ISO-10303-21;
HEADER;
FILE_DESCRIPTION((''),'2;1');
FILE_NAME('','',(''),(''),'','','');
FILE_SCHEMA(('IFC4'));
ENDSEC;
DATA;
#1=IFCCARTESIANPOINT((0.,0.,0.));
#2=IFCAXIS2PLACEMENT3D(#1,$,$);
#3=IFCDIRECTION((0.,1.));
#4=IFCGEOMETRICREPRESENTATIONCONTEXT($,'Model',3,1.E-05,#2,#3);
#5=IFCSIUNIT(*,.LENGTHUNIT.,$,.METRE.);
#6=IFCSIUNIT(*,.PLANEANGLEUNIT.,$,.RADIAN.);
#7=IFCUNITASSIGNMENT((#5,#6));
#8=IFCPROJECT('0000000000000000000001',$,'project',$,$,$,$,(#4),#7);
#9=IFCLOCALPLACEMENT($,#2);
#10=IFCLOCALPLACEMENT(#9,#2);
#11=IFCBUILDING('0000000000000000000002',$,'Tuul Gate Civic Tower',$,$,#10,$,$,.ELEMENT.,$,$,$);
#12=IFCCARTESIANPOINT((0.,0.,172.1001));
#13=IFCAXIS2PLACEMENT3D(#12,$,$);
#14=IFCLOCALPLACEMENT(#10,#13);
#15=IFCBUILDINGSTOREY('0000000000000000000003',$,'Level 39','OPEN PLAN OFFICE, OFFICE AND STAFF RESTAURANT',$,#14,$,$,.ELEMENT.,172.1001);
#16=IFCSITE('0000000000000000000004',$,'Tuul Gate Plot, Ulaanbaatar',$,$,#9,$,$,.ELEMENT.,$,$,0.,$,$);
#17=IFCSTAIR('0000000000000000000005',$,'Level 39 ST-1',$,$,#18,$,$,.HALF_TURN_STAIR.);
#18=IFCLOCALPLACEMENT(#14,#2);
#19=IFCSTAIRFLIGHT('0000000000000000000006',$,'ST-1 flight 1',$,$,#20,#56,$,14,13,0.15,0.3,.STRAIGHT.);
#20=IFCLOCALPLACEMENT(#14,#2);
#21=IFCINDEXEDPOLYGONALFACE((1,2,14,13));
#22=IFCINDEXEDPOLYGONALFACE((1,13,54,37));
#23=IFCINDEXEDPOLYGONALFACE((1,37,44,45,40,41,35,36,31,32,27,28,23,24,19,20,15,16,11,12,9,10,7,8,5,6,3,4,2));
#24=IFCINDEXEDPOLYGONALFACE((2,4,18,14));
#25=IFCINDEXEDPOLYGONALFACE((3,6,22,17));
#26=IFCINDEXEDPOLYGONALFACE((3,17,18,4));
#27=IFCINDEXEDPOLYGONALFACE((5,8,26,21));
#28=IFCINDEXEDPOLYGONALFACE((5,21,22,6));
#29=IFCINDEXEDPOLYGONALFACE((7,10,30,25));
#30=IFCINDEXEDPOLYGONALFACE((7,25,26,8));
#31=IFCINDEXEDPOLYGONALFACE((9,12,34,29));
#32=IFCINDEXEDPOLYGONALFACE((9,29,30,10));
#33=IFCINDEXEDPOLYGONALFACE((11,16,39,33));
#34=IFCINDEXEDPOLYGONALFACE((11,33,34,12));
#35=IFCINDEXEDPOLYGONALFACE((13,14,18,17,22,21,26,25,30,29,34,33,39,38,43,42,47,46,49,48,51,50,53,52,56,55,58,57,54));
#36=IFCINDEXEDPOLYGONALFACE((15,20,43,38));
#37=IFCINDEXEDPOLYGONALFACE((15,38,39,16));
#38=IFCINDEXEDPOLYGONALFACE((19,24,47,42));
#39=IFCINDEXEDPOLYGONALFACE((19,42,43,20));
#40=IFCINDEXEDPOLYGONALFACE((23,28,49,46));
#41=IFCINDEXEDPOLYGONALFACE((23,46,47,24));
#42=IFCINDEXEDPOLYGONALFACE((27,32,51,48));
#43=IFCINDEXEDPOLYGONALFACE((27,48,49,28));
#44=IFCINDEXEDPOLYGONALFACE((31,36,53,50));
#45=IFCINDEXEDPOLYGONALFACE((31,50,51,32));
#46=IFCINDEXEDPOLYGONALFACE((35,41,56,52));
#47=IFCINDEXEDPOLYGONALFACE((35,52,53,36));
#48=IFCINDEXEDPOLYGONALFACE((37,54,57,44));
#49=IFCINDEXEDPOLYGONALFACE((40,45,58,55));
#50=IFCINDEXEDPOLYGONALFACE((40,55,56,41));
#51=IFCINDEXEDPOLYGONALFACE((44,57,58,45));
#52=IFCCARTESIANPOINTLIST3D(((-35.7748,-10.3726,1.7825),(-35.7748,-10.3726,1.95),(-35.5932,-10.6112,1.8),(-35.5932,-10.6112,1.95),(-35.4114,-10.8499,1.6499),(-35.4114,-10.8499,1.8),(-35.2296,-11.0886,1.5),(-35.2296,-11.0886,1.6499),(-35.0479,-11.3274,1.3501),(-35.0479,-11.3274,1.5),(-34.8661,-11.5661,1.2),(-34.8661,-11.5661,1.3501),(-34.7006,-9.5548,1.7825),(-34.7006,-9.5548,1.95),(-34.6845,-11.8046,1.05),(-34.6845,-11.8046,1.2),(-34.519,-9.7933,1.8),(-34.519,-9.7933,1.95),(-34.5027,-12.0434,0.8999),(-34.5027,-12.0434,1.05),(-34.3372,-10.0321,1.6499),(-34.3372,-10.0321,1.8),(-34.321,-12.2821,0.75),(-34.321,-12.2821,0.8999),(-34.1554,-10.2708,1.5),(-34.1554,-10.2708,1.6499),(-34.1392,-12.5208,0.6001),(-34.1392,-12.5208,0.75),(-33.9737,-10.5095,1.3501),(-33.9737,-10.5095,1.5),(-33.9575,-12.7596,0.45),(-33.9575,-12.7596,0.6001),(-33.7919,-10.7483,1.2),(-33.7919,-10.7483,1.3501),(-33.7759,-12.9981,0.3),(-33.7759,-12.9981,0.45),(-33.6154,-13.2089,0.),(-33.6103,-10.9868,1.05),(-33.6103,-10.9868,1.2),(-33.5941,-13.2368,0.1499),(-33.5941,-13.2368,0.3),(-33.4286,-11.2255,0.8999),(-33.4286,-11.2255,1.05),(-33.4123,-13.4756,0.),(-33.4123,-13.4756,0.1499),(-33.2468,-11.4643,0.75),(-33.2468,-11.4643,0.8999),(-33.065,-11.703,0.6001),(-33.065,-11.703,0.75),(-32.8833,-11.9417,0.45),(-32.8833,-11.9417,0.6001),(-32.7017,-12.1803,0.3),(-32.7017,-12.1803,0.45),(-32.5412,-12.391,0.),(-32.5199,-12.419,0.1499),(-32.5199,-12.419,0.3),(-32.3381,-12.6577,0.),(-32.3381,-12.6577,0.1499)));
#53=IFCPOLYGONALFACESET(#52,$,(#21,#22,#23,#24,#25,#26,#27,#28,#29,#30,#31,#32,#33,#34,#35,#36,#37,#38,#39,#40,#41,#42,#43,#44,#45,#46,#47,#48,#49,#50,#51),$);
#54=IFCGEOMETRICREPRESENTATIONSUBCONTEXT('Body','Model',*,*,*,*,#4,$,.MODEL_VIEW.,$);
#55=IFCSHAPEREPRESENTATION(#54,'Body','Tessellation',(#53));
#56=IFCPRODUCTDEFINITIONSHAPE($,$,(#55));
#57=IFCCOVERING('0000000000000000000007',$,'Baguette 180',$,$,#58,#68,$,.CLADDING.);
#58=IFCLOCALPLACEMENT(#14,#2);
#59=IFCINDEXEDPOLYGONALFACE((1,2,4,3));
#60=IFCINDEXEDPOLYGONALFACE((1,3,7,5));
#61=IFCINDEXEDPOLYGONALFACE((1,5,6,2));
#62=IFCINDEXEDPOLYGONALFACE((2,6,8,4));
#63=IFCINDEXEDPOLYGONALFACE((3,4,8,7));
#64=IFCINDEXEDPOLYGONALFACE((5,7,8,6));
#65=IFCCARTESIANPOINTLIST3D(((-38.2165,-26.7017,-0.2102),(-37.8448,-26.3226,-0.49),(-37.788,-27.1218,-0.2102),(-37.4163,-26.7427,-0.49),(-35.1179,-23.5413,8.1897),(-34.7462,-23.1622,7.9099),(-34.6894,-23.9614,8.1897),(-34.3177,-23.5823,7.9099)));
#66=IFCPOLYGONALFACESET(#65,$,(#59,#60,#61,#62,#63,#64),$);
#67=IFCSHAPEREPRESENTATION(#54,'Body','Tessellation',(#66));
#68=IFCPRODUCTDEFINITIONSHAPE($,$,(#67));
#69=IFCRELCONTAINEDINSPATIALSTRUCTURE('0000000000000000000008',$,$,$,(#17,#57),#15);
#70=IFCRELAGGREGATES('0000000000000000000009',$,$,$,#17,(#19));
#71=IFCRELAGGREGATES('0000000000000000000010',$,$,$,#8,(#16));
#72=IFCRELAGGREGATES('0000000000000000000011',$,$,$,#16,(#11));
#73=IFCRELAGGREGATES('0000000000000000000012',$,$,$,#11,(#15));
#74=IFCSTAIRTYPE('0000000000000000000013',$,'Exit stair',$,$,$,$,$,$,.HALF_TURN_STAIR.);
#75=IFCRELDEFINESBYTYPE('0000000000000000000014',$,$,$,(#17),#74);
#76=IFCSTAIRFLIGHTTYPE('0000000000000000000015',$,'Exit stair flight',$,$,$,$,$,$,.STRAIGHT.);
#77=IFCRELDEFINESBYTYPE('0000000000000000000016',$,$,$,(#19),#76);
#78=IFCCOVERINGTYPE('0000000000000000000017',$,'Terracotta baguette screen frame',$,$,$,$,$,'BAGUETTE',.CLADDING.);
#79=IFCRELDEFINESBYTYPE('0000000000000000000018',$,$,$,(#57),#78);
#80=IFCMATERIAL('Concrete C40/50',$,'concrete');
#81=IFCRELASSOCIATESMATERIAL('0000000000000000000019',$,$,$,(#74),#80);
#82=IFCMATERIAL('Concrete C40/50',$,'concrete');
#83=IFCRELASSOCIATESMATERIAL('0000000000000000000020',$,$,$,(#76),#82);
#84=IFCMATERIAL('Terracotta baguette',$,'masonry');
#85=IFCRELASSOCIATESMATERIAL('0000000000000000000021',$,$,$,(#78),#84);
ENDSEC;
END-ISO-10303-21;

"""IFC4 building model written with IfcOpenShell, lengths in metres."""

from ifc_helpers import new_model, si_unit, direction, frame, origin, origin_2d, place, context, subcontext, project, spatial, polyline, rectangle, outline, extrude, material, material_profile, profile_set, type_object, element, aggregate, save


model = new_model("IFC4")

# Units and contexts
model_context = context("Model", 3, precision=1e-05, world=origin(), true_north=direction((0.0, 1.0)))
body_context = subcontext(model_context, "Body", "Model", "MODEL_VIEW")
ifc_project = project(units=[si_unit("LENGTHUNIT", "METRE"), si_unit("PLANEANGLEUNIT", "RADIAN")], contexts=[model_context])

# Site, building, storey
site_placement = place(None, origin())
site = spatial("IfcSite", under=ifc_project, at=site_placement, Name="Tuul Gate Plot, Ulaanbaatar", CompositionType="ELEMENT", RefElevation=0.0)
building_placement = place(site_placement, origin())
building = spatial("IfcBuilding", under=site, at=building_placement, Name="Tuul Gate Civic Tower", CompositionType="ELEMENT")
storey_placement = place(building_placement, frame((0.0, 0.0, 172.1001)))
storey = spatial("IfcBuildingStorey", under=building, at=storey_placement, Name="Level 39", Description="OPEN PLAN OFFICE, OFFICE AND STAFF RESTAURANT", CompositionType="ELEMENT", Elevation=172.1001)

# Stair, stair flight
ifc_material_1 = material(Name="Concrete C40/50", Category="concrete")
stair_type = type_object("IfcStairType", Name="Exit stair", PredefinedType="HALF_TURN_STAIR", material=ifc_material_1)
stair_placement = place(storey_placement, origin())
stair = element("IfcStair", 1, at=stair_placement, inside=storey, type_object=stair_type, Name="Level 39 ST-1", PredefinedType="HALF_TURN_STAIR")
ifc_material_2 = material(Name="Concrete C40/50", Category="concrete")
stair_flight_type = type_object("IfcStairFlightType", Name="Exit stair flight", PredefinedType="STRAIGHT", material=ifc_material_2)
stair_flight_placement = place(storey_placement, frame((-32.8752, -13.0667, 0.0), z_axis=(0.0, 0.0, 1.0), x_axis=(-0.605764, 0.795644, 0.0)))
stair_flight = element("IfcStairFlight", 2, at=stair_flight_placement, type_object=stair_flight_type, Name="ST-1 flight 1", NumberOfRisers=14, NumberOfTreads=13, PredefinedType="STRAIGHT", RiserHeight=0.15, TreadLength=0.3, context=body_context, shape_type="SweptSolid", body=[
    extrude(outline(polyline([(0.0, 0.0), (0.0, 0.1499), (0.3, 0.1499), (0.3, 0.3), (0.6001, 0.3), (0.6001, 0.45), (0.8999, 0.45), (0.8999, 0.6001), (1.2, 0.6001), (1.2, 0.75), (1.5, 0.75), (1.5, 0.8999), (1.8, 0.8999), (1.8, 1.05), (2.1001, 1.05), (2.1001, 1.2), (2.3999, 1.2), (2.3999, 1.3501), (2.7, 1.3501), (2.7, 1.5), (3.0, 1.5), (3.0, 1.6499), (3.3, 1.6499), (3.3, 1.8), (3.6001, 1.8), (3.6001, 1.95), (3.8999, 1.95), (3.8999, 2.1001), (3.8999, 1.7825), (0.3352, 0.0), (0.0, 0.0)])), frame((0.0, 0.675, 0.0), z_axis=(0.0, -1.0, 0.0), x_axis=(1.0, 0.0, 0.0)), (0.0, 0.0, 1.0), 1.3501),
])
aggregate(stair, [stair_flight])

# Covering
ifc_material_3 = material(Name="Terracotta baguette", Category="masonry")
ifc_material_profile_1 = material_profile(ifc_material_3, rectangle(XDim=0.6001, YDim=0.6001, at=origin_2d()), Name="Terracotta baguette screen frame")
ifc_profile_set_1 = profile_set([ifc_material_profile_1], Name="Terracotta baguette")
covering_type = type_object("IfcCoveringType", Name="Terracotta baguette screen frame", ElementType="BAGUETTE", PredefinedType="CLADDING", material=ifc_profile_set_1)
covering_placement = place(storey_placement, frame((-34.7178, -23.5618, 8.0498), z_axis=(-0.326356, -0.332862, -0.8847), x_axis=(0.71405, -0.700095, 0.0)))
element("IfcCovering", 3, at=covering_placement, inside=storey, type_object=covering_type, Name="Baguette 180", PredefinedType="CLADDING", context=body_context, shape_type="SweptSolid", body=[
    extrude(rectangle(XDim=0.6001, YDim=0.6001, at=origin_2d()), origin(), (0.0, 0.0, 1.0), 9.4946),
])

save(model, "model.ifc")
